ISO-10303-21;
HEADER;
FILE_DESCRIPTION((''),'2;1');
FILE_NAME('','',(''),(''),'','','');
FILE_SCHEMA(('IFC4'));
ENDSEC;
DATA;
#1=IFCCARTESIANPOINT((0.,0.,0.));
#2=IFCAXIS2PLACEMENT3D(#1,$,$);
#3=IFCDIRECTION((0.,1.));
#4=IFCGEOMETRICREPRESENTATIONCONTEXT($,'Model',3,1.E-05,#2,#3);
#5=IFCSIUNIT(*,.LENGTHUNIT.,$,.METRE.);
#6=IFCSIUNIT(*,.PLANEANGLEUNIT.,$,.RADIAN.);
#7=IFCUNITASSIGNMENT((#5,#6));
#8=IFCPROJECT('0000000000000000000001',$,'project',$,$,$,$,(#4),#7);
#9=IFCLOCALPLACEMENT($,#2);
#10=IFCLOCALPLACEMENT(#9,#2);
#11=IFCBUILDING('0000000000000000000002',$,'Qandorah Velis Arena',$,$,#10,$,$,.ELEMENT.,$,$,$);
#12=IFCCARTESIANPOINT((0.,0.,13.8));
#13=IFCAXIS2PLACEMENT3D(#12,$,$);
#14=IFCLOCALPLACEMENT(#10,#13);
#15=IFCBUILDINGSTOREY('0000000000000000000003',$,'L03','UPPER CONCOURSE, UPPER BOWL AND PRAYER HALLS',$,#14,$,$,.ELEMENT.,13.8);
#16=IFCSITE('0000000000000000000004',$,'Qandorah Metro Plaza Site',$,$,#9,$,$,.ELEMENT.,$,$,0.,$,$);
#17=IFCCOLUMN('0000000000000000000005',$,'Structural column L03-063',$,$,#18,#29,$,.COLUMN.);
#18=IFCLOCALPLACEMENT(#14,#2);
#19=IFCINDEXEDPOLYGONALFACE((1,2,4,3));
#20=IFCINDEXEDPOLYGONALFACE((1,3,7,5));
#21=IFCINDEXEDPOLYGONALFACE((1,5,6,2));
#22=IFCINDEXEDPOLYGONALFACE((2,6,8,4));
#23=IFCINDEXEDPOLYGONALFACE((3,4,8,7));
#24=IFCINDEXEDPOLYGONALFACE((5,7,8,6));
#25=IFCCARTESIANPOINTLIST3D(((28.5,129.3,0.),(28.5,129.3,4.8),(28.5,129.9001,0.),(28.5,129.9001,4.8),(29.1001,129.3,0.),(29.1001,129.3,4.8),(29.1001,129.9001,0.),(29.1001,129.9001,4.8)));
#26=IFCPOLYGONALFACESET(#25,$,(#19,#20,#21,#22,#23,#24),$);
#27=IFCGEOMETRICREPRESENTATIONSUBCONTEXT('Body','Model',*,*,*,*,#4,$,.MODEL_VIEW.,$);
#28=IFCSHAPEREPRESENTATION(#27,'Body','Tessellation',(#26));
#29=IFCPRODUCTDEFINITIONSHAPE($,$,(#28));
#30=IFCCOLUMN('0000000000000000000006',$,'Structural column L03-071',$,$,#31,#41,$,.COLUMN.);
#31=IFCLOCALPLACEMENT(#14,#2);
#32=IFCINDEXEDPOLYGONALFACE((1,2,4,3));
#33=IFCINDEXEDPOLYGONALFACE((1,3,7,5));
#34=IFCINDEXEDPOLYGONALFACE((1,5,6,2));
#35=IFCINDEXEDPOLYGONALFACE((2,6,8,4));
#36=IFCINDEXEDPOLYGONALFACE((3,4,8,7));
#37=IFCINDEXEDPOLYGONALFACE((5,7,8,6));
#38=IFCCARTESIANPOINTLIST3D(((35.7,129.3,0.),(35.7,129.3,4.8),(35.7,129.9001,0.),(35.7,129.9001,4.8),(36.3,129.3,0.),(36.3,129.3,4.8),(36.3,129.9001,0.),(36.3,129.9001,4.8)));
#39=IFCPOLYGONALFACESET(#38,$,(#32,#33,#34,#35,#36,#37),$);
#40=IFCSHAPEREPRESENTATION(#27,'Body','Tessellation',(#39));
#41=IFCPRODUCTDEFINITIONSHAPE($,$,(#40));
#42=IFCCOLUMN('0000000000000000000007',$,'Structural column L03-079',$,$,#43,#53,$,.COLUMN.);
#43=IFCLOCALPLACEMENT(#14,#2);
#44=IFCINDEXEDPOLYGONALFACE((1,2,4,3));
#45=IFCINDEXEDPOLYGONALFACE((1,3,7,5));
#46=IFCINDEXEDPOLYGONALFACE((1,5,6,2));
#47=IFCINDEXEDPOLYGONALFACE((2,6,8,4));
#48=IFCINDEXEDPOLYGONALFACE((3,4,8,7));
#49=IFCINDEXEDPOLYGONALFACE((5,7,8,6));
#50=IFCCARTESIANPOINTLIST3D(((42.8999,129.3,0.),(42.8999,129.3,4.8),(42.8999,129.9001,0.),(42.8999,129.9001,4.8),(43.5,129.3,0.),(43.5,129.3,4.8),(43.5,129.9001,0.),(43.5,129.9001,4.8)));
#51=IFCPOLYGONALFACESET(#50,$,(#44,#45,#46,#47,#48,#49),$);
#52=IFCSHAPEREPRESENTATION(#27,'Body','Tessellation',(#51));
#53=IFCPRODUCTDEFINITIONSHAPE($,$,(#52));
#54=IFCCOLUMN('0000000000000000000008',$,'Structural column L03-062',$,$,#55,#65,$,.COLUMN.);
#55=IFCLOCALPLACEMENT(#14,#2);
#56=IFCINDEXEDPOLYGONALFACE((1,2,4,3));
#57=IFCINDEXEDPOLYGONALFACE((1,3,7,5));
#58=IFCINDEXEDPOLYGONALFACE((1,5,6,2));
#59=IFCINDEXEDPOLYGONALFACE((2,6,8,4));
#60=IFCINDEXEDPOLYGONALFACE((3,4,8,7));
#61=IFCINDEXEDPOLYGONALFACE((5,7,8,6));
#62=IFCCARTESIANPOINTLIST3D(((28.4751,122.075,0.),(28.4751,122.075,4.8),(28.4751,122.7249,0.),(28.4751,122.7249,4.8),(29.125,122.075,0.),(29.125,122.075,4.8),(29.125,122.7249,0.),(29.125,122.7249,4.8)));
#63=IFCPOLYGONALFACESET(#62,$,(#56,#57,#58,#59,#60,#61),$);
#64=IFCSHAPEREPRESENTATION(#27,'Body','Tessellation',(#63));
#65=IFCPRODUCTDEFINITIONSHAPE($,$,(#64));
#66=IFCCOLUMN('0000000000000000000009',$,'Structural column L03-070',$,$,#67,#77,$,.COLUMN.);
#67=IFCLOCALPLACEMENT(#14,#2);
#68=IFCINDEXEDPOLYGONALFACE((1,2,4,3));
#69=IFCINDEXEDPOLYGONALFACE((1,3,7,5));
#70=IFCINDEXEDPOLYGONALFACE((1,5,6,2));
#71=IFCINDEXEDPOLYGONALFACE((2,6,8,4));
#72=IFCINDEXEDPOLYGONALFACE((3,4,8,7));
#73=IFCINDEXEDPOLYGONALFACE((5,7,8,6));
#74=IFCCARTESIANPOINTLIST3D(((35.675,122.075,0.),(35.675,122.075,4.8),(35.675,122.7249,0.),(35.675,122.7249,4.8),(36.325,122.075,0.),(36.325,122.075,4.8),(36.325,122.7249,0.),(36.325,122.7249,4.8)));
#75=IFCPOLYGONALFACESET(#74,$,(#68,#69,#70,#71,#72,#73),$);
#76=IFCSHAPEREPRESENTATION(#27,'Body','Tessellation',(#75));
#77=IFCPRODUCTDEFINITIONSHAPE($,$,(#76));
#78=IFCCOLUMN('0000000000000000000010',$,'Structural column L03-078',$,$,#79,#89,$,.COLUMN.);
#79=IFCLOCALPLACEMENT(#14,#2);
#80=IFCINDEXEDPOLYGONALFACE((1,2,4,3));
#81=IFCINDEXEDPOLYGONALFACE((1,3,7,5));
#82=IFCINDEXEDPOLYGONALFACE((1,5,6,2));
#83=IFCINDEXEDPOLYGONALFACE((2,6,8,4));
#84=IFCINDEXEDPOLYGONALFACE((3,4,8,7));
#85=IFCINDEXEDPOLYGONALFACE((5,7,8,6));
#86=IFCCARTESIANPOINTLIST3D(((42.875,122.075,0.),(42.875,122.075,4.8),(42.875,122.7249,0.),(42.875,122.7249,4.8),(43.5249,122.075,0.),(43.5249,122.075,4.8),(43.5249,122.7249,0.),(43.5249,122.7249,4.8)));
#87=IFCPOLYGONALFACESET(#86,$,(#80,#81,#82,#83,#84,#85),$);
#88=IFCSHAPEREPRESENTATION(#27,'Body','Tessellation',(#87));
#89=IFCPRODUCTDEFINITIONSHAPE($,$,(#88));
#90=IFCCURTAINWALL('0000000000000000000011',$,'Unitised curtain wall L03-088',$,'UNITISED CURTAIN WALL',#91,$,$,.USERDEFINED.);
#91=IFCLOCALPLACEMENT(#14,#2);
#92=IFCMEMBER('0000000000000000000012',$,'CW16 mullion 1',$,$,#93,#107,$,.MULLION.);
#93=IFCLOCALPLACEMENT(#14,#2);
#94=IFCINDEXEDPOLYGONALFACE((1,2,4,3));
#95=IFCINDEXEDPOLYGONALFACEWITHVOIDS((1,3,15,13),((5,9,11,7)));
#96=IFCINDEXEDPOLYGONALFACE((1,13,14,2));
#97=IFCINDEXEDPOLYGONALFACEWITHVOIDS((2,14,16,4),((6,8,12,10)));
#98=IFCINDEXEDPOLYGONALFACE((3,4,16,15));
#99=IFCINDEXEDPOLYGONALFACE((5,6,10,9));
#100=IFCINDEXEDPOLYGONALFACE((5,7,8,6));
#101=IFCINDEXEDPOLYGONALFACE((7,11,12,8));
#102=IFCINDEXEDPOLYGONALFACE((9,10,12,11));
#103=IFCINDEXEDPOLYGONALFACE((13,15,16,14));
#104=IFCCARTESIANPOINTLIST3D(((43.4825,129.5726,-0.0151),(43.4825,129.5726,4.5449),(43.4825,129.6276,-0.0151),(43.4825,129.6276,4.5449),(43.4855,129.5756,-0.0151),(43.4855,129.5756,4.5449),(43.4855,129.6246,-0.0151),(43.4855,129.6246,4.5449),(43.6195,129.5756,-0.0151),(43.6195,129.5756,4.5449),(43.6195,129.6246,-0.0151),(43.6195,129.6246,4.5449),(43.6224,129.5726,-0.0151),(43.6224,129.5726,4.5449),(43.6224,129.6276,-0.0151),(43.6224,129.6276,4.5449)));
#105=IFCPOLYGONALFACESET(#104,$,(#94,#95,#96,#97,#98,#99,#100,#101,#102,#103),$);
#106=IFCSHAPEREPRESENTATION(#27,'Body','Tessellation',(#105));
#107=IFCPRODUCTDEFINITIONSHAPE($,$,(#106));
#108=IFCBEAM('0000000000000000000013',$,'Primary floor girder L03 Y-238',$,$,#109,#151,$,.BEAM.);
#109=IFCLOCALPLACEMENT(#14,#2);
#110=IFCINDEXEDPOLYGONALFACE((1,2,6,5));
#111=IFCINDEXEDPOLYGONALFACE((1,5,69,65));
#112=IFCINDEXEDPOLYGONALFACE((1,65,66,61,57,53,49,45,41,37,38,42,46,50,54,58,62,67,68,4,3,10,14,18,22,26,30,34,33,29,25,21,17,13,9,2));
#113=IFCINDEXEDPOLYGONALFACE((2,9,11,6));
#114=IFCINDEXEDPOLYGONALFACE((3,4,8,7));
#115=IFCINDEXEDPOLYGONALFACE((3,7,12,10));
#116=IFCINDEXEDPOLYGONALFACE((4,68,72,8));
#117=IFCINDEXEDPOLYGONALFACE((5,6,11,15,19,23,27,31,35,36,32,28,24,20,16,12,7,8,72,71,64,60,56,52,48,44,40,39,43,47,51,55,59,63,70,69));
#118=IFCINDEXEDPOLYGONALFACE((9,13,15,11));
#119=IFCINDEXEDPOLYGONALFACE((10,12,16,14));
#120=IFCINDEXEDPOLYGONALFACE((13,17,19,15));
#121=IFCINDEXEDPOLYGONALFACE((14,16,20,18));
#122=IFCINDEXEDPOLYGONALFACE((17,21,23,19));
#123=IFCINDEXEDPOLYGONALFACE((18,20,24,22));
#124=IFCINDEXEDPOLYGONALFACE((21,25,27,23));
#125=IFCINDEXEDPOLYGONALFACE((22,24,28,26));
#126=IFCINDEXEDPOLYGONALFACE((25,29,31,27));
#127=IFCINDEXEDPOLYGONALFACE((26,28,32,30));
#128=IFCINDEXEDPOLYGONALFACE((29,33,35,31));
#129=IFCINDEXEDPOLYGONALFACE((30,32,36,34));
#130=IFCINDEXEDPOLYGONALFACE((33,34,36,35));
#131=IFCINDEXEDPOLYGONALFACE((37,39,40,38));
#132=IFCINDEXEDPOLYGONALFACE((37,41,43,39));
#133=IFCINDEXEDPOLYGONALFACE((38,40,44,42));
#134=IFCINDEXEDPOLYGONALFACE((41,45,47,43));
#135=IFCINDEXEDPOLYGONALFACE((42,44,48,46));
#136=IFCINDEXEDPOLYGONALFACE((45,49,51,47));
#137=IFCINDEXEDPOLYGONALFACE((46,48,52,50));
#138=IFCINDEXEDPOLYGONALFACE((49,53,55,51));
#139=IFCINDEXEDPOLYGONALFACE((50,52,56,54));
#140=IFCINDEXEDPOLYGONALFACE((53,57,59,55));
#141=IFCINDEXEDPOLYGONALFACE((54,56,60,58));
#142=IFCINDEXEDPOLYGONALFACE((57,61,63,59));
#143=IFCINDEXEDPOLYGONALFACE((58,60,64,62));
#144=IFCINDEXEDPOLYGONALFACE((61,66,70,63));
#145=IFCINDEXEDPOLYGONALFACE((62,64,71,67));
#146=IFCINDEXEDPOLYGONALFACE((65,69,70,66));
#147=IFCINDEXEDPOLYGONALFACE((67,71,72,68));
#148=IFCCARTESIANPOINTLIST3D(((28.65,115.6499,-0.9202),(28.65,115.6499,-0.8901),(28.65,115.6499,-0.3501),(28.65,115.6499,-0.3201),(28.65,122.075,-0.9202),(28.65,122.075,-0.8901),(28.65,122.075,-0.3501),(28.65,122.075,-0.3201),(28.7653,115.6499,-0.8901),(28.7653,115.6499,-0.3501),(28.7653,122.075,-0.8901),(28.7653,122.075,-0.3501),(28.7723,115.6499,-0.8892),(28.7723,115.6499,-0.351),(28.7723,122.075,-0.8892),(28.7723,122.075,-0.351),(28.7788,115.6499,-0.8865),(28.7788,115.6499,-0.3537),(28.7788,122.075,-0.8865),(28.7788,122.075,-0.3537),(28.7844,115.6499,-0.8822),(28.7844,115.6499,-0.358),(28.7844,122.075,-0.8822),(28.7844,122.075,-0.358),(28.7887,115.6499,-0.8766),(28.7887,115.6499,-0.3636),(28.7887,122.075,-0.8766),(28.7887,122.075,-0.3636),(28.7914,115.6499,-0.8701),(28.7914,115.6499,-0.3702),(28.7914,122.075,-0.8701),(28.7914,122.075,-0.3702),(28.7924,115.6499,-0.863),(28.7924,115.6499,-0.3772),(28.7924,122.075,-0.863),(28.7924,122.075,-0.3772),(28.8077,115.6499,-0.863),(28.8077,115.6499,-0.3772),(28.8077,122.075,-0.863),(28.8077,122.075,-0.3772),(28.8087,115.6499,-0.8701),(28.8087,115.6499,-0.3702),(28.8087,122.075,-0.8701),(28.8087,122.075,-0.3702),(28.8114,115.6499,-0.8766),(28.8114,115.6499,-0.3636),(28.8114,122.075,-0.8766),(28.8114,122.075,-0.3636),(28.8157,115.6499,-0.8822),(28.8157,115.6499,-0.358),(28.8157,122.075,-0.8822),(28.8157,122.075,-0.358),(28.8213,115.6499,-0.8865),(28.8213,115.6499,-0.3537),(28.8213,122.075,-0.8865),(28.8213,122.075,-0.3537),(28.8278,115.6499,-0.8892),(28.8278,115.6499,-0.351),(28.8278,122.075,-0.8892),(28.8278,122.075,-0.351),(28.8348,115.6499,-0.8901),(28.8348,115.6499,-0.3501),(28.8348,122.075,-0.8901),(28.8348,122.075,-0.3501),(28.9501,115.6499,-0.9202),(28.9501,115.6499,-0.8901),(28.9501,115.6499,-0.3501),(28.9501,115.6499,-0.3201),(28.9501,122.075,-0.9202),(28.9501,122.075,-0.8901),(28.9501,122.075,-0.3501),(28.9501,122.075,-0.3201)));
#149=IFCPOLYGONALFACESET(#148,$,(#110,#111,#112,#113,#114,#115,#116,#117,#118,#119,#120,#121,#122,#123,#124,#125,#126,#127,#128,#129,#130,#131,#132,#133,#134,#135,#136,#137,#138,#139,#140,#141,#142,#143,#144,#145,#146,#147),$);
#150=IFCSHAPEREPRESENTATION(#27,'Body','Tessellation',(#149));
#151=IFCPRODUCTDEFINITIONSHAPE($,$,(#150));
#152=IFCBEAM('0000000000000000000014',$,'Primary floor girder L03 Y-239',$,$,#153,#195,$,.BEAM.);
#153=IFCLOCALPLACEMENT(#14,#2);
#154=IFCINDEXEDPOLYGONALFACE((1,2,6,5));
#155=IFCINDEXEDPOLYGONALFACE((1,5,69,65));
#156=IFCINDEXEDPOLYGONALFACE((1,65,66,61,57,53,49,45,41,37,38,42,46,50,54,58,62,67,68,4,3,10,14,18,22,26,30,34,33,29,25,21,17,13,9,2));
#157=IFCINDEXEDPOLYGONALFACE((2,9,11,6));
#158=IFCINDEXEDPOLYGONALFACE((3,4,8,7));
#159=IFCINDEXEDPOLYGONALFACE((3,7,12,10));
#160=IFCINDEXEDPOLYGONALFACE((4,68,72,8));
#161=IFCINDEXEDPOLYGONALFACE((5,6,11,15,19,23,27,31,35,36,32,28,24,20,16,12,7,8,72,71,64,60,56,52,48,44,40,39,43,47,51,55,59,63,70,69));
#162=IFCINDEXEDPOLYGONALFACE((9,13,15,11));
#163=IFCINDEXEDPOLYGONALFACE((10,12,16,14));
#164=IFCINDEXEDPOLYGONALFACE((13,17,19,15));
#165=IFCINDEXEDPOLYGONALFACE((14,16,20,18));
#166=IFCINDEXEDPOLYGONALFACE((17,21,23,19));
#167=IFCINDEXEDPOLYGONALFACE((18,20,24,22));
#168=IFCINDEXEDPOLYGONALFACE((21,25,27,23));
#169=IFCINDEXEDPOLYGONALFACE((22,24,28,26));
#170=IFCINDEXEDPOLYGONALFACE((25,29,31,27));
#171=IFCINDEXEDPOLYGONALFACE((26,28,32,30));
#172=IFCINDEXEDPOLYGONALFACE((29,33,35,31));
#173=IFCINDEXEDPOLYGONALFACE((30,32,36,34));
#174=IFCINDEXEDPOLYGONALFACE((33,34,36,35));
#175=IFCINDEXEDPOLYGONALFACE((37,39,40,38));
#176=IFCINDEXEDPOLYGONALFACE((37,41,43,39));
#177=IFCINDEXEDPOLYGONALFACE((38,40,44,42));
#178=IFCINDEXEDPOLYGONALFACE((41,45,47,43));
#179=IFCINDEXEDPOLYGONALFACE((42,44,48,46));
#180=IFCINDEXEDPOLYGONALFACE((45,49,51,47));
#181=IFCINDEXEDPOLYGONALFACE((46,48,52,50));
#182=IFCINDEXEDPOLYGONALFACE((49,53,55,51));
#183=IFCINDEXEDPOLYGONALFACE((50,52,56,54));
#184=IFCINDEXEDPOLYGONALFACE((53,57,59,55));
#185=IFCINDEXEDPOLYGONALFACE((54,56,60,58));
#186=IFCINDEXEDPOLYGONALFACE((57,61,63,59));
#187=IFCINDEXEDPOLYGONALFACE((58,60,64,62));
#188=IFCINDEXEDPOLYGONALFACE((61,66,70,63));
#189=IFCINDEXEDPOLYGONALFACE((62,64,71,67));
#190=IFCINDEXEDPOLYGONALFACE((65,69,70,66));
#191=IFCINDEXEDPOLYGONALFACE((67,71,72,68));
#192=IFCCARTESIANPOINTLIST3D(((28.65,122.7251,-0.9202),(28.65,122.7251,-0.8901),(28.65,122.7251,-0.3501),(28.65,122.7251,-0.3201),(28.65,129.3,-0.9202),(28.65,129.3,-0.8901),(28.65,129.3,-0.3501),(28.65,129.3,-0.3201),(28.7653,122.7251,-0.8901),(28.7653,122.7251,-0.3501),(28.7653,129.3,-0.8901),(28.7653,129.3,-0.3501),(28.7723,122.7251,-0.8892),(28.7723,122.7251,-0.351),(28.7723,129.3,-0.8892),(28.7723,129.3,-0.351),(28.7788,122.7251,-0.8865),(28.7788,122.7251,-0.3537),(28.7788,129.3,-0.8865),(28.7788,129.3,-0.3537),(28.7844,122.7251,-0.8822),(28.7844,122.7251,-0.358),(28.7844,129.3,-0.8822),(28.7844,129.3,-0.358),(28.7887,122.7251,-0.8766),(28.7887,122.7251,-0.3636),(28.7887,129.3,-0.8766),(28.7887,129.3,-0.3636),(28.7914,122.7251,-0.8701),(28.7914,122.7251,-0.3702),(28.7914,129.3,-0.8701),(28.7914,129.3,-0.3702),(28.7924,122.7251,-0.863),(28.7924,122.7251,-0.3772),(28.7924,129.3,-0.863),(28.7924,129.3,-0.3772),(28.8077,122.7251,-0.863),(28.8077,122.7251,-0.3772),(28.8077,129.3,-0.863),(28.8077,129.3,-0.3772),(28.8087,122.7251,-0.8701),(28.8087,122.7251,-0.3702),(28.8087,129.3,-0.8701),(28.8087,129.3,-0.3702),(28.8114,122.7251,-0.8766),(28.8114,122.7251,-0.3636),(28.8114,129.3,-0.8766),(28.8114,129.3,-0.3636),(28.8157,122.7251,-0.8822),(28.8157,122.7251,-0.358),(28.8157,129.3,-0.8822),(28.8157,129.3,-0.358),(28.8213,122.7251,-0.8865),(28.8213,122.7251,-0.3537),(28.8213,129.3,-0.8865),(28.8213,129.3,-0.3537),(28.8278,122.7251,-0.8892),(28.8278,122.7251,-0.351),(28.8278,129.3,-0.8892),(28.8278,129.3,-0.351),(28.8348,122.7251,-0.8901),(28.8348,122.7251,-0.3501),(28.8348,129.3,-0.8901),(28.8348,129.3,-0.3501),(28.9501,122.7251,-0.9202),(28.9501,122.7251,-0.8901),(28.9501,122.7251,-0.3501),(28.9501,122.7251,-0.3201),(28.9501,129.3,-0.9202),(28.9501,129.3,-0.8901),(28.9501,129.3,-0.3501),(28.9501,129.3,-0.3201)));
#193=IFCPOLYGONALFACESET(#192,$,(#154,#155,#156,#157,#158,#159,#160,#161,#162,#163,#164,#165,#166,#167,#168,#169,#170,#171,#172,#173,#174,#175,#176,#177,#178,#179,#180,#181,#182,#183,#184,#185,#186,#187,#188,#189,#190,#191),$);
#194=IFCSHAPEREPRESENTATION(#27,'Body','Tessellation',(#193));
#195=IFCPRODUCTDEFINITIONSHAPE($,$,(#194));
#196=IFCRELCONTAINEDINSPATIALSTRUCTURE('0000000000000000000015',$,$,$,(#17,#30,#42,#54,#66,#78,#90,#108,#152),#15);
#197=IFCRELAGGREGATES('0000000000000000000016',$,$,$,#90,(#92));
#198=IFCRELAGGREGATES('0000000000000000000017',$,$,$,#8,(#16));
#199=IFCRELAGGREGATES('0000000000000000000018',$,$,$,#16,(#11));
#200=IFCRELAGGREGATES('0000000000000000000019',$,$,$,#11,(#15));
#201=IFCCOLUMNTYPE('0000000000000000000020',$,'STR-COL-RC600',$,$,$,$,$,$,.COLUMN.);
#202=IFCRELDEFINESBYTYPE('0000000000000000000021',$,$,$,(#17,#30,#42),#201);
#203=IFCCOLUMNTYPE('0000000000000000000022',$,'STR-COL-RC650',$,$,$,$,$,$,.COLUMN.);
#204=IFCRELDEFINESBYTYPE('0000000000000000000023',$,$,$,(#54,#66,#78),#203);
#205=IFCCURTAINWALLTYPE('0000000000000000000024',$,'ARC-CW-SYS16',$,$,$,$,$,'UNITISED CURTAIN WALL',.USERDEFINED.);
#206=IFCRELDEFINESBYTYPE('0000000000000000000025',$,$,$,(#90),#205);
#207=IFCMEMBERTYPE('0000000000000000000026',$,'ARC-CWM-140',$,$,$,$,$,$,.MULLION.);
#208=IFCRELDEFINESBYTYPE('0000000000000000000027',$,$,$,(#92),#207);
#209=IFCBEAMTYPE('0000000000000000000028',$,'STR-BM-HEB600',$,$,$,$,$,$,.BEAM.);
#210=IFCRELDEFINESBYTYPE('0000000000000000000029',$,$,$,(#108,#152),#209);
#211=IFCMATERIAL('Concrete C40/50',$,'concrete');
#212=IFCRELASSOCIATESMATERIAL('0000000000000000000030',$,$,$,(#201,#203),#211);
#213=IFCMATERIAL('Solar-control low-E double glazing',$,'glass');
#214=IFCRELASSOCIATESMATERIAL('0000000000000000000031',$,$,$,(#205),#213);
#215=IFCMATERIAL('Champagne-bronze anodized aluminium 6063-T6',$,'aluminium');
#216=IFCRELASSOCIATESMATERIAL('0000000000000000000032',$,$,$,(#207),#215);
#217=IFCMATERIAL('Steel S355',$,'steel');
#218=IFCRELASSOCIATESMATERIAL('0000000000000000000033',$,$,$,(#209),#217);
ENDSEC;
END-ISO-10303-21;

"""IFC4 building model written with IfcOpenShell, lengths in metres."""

from ifc_helpers import new_model, si_unit, direction, frame, origin, origin_2d, place, context, subcontext, project, spatial, rectangle, hollow_rectangle, i_section, extrude, material, material_profile, profile_set, type_object, element, aggregate, save


model = new_model("IFC4")

# Units and contexts
model_context = context("Model", 3, precision=1e-05, world=origin(), true_north=direction((0.0, 1.0)))
body_context = subcontext(model_context, "Body", "Model", "MODEL_VIEW")
ifc_project = project(units=[si_unit("LENGTHUNIT", "METRE"), si_unit("PLANEANGLEUNIT", "RADIAN")], contexts=[model_context])

# Site, building, storey
site_placement = place(None, origin())
site = spatial("IfcSite", under=ifc_project, at=site_placement, Name="Qandorah Metro Plaza Site", CompositionType="ELEMENT", RefElevation=0.0)
building_placement = place(site_placement, origin())
building = spatial("IfcBuilding", under=site, at=building_placement, Name="Qandorah Velis Arena", CompositionType="ELEMENT")
storey_placement = place(building_placement, frame((0.0, 0.0, 13.8)))
storey = spatial("IfcBuildingStorey", under=building, at=storey_placement, Name="L03", Description="UPPER CONCOURSE, UPPER BOWL AND PRAYER HALLS", CompositionType="ELEMENT", Elevation=13.8)

# Columns
ifc_material_1 = material(Name="Concrete C40/50", Category="concrete")
ifc_material_profile_1 = material_profile(ifc_material_1, rectangle(XDim=0.6001, YDim=0.6001, at=origin_2d()), Name="RC COL 600x600")
ifc_profile_set_1 = profile_set([ifc_material_profile_1], Name="Concrete C40/50")
column_type_1 = type_object("IfcColumnType", Name="STR-COL-RC600", PredefinedType="COLUMN", material=ifc_profile_set_1)
for number, where, z_axis, x_axis, name in (
    (1, (28.8, 129.6001, 0.0), (0.0, 0.0, 1.0), (1.0, 0.0, 0.0), "Structural column L03-063"),
    (2, (36.0, 129.6001, 0.0), (0.0, 0.0, 1.0), (1.0, 0.0, 0.0), "Structural column L03-071"),
    (3, (43.2, 129.6001, 0.0), (0.0, 0.0, 1.0), (1.0, 0.0, 0.0), "Structural column L03-079"),
):
    element("IfcColumn", number, at=place(storey_placement, frame(where, z_axis=z_axis, x_axis=x_axis)), inside=storey, type_object=column_type_1, Name=name, PredefinedType="COLUMN", context=body_context, shape_type="SweptSolid", body=[
        extrude(rectangle(XDim=0.6001, YDim=0.6001, at=origin_2d()), origin(), (0.0, 0.0, 1.0), 4.8),
    ])
ifc_material_profile_2 = material_profile(ifc_material_1, rectangle(XDim=0.6499, YDim=0.6499, at=origin_2d()), Name="RC COL 650x650")
ifc_profile_set_2 = profile_set([ifc_material_profile_2], Name="Concrete C40/50")
column_type_2 = type_object("IfcColumnType", Name="STR-COL-RC650", PredefinedType="COLUMN", material=ifc_profile_set_2)
for number, where, z_axis, x_axis, name in (
    (4, (28.8, 122.3999, 0.0), (0.0, 0.0, 1.0), (1.0, 0.0, 0.0), "Structural column L03-062"),
    (5, (36.0, 122.3999, 0.0), (0.0, 0.0, 1.0), (1.0, 0.0, 0.0), "Structural column L03-070"),
    (6, (43.2, 122.3999, 0.0), (0.0, 0.0, 1.0), (1.0, 0.0, 0.0), "Structural column L03-078"),
):
    element("IfcColumn", number, at=place(storey_placement, frame(where, z_axis=z_axis, x_axis=x_axis)), inside=storey, type_object=column_type_2, Name=name, PredefinedType="COLUMN", context=body_context, shape_type="SweptSolid", body=[
        extrude(rectangle(XDim=0.6499, YDim=0.6499, at=origin_2d()), origin(), (0.0, 0.0, 1.0), 4.8),
    ])

# Curtain wall, member
ifc_material_2 = material(Name="Solar-control low-E double glazing", Category="glass")
curtain_wall_type = type_object("IfcCurtainWallType", Name="ARC-CW-SYS16", ElementType="UNITISED CURTAIN WALL", PredefinedType="USERDEFINED", material=ifc_material_2)
curtain_wall_placement = place(storey_placement, origin())
curtain_wall = element("IfcCurtainWall", 7, at=curtain_wall_placement, inside=storey, type_object=curtain_wall_type, Name="Unitised curtain wall L03-088", ObjectType="UNITISED CURTAIN WALL", PredefinedType="USERDEFINED")
ifc_material_3 = material(Name="Champagne-bronze anodized aluminium 6063-T6", Category="aluminium")
ifc_material_profile_3 = material_profile(ifc_material_3, hollow_rectangle(XDim=0.0549, YDim=0.1399, WallThickness=0.0029, at=origin_2d()), Name="ALU MULLION 55x140")
ifc_profile_set_3 = profile_set([ifc_material_profile_3], Name="Champagne-bronze anodized aluminium 6063-T6")
member_type = type_object("IfcMemberType", Name="ARC-CWM-140", PredefinedType="MULLION", material=ifc_profile_set_3)
member_placement = place(storey_placement, frame((43.5525, 129.6001, -0.0151), z_axis=(0.0, 0.0, 1.0), x_axis=(0.0, 1.0, 0.0)))
member = element("IfcMember", 8, at=member_placement, type_object=member_type, Name="CW16 mullion 1", PredefinedType="MULLION", context=body_context, shape_type="SweptSolid", body=[
    extrude(hollow_rectangle(XDim=0.0549, YDim=0.1399, WallThickness=0.0029, at=origin_2d()), origin(), (0.0, 0.0, 1.0), 4.5601),
])
aggregate(curtain_wall, [member])

# Beams
ifc_material_4 = material(Name="Steel S355", Category="steel")
ifc_material_profile_4 = material_profile(ifc_material_4, i_section(OverallWidth=0.3, OverallDepth=0.6001, WebThickness=0.0154, FlangeThickness=0.03, FilletRadius=0.0271, at=origin_2d()), Name="HEB 600")
ifc_profile_set_4 = profile_set([ifc_material_profile_4], Name="Steel S355")
beam_type_1 = type_object("IfcBeamType", Name="STR-BM-HEB600", PredefinedType="BEAM", material=ifc_profile_set_4)
beam_1_placement = place(storey_placement, frame((28.8, 115.6499, -0.6201), z_axis=(0.0, 1.0, 0.0), x_axis=(-1.0, 0.0, 0.0)))
element("IfcBeam", 9, at=beam_1_placement, inside=storey, type_object=beam_type_1, Name="Primary floor girder L03 Y-238", PredefinedType="BEAM", context=body_context, shape_type="SweptSolid", body=[
    extrude(i_section(OverallWidth=0.3, OverallDepth=0.6001, WebThickness=0.0154, FlangeThickness=0.03, FilletRadius=0.0271, at=origin_2d()), origin(), (0.0, 0.0, 1.0), 6.425),
])
beam_2_placement = place(storey_placement, frame((28.8, 122.7251, -0.6201), z_axis=(0.0, 1.0, 0.0), x_axis=(-1.0, 0.0, 0.0)))
element("IfcBeam", 10, at=beam_2_placement, inside=storey, type_object=beam_type_1, Name="Primary floor girder L03 Y-239", PredefinedType="BEAM", context=body_context, shape_type="SweptSolid", body=[
    extrude(i_section(OverallWidth=0.3, OverallDepth=0.6001, WebThickness=0.0154, FlangeThickness=0.03, FilletRadius=0.0271, at=origin_2d()), origin(), (0.0, 0.0, 1.0), 6.575),
])

save(model, "model.ifc")
